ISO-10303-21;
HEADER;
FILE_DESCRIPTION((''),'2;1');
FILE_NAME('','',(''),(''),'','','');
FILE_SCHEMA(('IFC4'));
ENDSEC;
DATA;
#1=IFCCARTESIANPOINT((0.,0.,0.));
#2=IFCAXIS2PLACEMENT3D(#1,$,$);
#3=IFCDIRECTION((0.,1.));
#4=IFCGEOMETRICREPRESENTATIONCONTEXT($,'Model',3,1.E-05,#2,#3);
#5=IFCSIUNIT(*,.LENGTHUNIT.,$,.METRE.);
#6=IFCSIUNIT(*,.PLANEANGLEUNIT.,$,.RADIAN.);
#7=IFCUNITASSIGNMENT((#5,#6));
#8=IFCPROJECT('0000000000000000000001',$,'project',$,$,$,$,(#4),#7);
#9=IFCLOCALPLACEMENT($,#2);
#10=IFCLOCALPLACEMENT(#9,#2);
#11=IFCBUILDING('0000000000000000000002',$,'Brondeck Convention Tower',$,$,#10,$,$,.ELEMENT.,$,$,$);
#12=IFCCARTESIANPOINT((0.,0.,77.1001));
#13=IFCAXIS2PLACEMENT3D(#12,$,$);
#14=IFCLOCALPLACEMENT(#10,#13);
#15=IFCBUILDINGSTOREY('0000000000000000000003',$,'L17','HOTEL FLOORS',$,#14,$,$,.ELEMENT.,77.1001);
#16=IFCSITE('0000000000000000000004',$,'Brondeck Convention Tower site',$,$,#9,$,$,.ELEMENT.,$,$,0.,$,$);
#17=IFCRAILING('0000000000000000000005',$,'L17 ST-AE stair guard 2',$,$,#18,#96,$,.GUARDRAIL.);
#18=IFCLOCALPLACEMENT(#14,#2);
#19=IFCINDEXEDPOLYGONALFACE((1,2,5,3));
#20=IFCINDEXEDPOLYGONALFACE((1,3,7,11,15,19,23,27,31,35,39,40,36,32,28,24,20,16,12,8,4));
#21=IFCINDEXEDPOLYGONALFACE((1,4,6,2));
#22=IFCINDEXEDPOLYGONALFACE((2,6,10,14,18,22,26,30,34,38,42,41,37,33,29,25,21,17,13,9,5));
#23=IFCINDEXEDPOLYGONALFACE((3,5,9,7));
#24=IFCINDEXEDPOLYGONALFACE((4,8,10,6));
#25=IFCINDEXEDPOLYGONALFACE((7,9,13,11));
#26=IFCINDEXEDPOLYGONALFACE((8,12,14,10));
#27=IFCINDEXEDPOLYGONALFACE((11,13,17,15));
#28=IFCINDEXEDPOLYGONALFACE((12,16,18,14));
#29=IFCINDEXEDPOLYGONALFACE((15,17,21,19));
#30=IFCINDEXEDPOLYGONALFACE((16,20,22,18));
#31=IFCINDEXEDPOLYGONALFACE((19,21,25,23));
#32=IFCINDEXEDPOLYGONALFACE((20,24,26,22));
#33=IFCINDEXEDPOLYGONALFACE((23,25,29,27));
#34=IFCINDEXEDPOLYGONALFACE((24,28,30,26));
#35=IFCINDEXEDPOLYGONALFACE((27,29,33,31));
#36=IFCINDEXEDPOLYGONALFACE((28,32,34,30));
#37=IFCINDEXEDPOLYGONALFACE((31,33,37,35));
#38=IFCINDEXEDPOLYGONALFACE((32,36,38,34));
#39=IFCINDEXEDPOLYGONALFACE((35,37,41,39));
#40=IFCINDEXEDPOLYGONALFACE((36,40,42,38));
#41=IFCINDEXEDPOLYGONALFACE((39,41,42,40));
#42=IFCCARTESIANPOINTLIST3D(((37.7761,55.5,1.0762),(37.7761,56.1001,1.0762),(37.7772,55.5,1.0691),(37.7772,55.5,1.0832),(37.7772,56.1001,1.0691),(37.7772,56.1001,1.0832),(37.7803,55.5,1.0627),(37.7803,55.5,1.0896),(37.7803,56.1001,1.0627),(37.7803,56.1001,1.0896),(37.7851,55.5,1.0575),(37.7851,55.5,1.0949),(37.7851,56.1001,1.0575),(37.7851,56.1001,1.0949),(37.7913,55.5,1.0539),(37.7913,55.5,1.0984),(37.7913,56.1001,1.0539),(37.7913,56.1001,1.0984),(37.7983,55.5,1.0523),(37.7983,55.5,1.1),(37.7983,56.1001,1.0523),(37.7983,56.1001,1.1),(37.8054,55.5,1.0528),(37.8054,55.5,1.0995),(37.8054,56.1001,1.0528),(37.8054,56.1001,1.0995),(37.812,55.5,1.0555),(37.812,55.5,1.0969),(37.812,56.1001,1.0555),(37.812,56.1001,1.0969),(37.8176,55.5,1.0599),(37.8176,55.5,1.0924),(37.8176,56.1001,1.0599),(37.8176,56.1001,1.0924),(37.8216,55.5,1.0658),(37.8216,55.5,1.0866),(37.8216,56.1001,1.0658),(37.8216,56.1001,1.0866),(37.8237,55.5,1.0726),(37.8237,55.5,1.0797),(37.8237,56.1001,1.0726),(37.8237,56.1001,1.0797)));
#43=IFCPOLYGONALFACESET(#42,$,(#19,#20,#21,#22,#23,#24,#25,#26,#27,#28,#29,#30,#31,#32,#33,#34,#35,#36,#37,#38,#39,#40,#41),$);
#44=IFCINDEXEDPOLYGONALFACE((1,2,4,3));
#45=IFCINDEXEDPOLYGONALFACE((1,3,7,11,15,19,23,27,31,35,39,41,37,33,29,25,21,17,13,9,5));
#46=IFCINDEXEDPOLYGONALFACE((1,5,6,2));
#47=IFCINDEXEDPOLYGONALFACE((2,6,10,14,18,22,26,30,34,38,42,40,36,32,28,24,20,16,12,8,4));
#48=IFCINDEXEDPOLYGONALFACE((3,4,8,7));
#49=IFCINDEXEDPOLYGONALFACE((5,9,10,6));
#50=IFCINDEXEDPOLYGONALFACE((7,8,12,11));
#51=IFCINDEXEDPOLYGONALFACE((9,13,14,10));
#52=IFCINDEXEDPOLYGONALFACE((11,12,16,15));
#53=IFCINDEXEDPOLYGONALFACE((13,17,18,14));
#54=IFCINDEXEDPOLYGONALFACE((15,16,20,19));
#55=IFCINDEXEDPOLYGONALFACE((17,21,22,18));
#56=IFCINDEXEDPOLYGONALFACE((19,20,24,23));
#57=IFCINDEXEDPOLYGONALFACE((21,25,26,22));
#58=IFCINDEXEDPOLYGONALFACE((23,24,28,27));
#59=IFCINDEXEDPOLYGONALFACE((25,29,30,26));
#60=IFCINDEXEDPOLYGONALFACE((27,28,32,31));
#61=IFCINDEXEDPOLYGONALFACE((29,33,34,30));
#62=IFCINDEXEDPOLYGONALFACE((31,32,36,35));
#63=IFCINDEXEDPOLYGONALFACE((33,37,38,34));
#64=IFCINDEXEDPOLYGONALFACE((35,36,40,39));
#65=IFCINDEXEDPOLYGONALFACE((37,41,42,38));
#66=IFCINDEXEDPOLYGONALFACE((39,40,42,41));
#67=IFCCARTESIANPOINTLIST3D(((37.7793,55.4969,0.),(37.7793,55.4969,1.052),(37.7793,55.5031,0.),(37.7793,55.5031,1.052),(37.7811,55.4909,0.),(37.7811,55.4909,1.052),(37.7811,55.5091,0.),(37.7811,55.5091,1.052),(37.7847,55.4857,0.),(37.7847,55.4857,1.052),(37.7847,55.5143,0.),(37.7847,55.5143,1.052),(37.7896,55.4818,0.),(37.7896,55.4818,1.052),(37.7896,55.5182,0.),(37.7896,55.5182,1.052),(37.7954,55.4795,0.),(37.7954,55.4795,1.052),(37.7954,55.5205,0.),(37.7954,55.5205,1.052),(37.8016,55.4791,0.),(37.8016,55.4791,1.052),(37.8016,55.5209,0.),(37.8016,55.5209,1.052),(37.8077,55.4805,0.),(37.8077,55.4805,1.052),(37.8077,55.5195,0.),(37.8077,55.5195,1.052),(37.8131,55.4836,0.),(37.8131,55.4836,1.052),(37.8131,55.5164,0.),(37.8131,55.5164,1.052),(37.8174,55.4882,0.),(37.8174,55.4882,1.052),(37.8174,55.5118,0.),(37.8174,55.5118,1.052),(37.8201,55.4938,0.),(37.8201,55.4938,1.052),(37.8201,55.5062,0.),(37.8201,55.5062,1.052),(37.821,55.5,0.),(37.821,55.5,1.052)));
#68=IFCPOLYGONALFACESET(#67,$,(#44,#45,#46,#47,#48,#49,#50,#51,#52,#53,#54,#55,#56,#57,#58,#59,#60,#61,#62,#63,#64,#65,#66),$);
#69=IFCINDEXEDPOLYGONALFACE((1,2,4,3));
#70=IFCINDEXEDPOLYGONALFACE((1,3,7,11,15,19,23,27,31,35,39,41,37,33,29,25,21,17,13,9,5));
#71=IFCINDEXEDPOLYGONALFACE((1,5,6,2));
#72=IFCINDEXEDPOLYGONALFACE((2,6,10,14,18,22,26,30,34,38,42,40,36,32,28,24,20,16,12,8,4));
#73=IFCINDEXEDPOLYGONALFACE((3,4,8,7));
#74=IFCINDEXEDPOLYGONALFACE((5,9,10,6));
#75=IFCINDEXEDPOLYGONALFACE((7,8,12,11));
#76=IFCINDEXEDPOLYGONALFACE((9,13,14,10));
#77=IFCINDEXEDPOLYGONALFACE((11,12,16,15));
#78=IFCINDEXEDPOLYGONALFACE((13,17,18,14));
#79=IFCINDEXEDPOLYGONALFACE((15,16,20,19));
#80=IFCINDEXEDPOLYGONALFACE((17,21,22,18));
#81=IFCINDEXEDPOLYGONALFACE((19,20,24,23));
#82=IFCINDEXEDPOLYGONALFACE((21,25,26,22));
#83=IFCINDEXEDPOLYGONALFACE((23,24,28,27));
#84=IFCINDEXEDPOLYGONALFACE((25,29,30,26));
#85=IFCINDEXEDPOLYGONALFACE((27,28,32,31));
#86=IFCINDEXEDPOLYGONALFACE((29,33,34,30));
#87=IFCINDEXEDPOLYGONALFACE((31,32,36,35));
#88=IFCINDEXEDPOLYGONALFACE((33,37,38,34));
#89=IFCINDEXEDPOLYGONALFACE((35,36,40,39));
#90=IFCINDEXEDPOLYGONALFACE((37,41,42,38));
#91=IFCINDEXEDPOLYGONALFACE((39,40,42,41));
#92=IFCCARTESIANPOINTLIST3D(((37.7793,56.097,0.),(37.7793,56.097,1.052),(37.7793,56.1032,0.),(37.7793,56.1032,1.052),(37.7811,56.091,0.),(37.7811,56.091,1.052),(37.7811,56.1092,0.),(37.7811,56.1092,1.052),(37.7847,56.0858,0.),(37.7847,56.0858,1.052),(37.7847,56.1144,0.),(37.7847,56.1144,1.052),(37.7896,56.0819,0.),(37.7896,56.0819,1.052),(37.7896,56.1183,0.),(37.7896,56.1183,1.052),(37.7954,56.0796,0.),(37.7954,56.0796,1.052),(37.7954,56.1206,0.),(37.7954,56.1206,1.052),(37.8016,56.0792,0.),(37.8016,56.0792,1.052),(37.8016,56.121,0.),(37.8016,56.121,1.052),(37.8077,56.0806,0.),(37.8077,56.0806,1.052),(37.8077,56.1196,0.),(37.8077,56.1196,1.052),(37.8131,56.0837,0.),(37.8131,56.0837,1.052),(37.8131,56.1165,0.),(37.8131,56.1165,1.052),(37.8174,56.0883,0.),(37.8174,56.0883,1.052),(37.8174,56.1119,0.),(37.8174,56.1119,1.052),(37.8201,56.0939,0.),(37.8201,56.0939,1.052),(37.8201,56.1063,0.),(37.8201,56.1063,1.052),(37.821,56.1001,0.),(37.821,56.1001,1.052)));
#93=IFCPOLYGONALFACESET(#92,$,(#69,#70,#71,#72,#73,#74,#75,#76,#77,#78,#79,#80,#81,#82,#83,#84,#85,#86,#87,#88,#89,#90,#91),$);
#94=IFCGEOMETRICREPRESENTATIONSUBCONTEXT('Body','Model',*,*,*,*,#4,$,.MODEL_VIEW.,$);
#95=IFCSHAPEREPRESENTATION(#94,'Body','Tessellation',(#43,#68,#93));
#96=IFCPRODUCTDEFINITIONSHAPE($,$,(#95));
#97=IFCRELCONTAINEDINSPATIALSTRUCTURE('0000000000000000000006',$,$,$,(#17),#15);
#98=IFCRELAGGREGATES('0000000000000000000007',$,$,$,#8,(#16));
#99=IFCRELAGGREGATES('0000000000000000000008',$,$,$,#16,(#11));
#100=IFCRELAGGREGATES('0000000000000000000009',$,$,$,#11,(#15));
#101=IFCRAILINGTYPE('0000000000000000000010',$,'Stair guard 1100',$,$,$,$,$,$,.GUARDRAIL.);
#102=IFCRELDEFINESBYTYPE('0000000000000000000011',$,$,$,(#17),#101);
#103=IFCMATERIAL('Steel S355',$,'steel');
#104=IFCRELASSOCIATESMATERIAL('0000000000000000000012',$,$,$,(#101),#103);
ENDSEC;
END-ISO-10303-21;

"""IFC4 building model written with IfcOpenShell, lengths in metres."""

from ifc_helpers import new_model, si_unit, direction, frame, origin, origin_2d, place, context, subcontext, project, spatial, circle, extrude, material, type_object, element, save


model = new_model("IFC4")

# Units and contexts
model_context = context("Model", 3, precision=1e-05, world=origin(), true_north=direction((0.0, 1.0)))
body_context = subcontext(model_context, "Body", "Model", "MODEL_VIEW")
ifc_project = project(units=[si_unit("LENGTHUNIT", "METRE"), si_unit("PLANEANGLEUNIT", "RADIAN")], contexts=[model_context])

# Site, building, storey
site_placement = place(None, origin())
site = spatial("IfcSite", under=ifc_project, at=site_placement, Name="Brondeck Convention Tower site", CompositionType="ELEMENT", RefElevation=0.0)
building_placement = place(site_placement, origin())
building = spatial("IfcBuilding", under=site, at=building_placement, Name="Brondeck Convention Tower", CompositionType="ELEMENT")
storey_placement = place(building_placement, frame((0.0, 0.0, 77.1001)))
storey = spatial("IfcBuildingStorey", under=building, at=storey_placement, Name="L17", Description="HOTEL FLOORS", CompositionType="ELEMENT", Elevation=77.1001)

# Shared definitions
ifc_material_1 = material(Name="Steel S355", Category="steel")

# Railing
railing_type_1 = type_object("IfcRailingType", Name="Stair guard 1100", PredefinedType="GUARDRAIL", material=ifc_material_1)
railing_1_placement = place(storey_placement, frame((37.8, 55.5, 0.0)))
element("IfcRailing", 1, at=railing_1_placement, inside=storey, type_object=railing_type_1, Name="L17 ST-AE stair guard 2", PredefinedType="GUARDRAIL", context=body_context, shape_type="SweptSolid", body=[
    extrude(circle(Radius=0.0239, at=origin_2d()), frame((0.0, 0.0, 1.0762), z_axis=(0.0, 1.0, 0.0), x_axis=(-1.0, 0.0, 0.0)), (0.0, 0.0, 1.0), 0.6001),
    extrude(circle(Radius=0.021, at=origin_2d()), origin(), (0.0, 0.0, 1.0), 1.052),
    extrude(circle(Radius=0.021, at=origin_2d()), frame((0.0, 0.6001, 0.0)), (0.0, 0.0, 1.0), 1.052),
])

save(model, "model.ifc")
